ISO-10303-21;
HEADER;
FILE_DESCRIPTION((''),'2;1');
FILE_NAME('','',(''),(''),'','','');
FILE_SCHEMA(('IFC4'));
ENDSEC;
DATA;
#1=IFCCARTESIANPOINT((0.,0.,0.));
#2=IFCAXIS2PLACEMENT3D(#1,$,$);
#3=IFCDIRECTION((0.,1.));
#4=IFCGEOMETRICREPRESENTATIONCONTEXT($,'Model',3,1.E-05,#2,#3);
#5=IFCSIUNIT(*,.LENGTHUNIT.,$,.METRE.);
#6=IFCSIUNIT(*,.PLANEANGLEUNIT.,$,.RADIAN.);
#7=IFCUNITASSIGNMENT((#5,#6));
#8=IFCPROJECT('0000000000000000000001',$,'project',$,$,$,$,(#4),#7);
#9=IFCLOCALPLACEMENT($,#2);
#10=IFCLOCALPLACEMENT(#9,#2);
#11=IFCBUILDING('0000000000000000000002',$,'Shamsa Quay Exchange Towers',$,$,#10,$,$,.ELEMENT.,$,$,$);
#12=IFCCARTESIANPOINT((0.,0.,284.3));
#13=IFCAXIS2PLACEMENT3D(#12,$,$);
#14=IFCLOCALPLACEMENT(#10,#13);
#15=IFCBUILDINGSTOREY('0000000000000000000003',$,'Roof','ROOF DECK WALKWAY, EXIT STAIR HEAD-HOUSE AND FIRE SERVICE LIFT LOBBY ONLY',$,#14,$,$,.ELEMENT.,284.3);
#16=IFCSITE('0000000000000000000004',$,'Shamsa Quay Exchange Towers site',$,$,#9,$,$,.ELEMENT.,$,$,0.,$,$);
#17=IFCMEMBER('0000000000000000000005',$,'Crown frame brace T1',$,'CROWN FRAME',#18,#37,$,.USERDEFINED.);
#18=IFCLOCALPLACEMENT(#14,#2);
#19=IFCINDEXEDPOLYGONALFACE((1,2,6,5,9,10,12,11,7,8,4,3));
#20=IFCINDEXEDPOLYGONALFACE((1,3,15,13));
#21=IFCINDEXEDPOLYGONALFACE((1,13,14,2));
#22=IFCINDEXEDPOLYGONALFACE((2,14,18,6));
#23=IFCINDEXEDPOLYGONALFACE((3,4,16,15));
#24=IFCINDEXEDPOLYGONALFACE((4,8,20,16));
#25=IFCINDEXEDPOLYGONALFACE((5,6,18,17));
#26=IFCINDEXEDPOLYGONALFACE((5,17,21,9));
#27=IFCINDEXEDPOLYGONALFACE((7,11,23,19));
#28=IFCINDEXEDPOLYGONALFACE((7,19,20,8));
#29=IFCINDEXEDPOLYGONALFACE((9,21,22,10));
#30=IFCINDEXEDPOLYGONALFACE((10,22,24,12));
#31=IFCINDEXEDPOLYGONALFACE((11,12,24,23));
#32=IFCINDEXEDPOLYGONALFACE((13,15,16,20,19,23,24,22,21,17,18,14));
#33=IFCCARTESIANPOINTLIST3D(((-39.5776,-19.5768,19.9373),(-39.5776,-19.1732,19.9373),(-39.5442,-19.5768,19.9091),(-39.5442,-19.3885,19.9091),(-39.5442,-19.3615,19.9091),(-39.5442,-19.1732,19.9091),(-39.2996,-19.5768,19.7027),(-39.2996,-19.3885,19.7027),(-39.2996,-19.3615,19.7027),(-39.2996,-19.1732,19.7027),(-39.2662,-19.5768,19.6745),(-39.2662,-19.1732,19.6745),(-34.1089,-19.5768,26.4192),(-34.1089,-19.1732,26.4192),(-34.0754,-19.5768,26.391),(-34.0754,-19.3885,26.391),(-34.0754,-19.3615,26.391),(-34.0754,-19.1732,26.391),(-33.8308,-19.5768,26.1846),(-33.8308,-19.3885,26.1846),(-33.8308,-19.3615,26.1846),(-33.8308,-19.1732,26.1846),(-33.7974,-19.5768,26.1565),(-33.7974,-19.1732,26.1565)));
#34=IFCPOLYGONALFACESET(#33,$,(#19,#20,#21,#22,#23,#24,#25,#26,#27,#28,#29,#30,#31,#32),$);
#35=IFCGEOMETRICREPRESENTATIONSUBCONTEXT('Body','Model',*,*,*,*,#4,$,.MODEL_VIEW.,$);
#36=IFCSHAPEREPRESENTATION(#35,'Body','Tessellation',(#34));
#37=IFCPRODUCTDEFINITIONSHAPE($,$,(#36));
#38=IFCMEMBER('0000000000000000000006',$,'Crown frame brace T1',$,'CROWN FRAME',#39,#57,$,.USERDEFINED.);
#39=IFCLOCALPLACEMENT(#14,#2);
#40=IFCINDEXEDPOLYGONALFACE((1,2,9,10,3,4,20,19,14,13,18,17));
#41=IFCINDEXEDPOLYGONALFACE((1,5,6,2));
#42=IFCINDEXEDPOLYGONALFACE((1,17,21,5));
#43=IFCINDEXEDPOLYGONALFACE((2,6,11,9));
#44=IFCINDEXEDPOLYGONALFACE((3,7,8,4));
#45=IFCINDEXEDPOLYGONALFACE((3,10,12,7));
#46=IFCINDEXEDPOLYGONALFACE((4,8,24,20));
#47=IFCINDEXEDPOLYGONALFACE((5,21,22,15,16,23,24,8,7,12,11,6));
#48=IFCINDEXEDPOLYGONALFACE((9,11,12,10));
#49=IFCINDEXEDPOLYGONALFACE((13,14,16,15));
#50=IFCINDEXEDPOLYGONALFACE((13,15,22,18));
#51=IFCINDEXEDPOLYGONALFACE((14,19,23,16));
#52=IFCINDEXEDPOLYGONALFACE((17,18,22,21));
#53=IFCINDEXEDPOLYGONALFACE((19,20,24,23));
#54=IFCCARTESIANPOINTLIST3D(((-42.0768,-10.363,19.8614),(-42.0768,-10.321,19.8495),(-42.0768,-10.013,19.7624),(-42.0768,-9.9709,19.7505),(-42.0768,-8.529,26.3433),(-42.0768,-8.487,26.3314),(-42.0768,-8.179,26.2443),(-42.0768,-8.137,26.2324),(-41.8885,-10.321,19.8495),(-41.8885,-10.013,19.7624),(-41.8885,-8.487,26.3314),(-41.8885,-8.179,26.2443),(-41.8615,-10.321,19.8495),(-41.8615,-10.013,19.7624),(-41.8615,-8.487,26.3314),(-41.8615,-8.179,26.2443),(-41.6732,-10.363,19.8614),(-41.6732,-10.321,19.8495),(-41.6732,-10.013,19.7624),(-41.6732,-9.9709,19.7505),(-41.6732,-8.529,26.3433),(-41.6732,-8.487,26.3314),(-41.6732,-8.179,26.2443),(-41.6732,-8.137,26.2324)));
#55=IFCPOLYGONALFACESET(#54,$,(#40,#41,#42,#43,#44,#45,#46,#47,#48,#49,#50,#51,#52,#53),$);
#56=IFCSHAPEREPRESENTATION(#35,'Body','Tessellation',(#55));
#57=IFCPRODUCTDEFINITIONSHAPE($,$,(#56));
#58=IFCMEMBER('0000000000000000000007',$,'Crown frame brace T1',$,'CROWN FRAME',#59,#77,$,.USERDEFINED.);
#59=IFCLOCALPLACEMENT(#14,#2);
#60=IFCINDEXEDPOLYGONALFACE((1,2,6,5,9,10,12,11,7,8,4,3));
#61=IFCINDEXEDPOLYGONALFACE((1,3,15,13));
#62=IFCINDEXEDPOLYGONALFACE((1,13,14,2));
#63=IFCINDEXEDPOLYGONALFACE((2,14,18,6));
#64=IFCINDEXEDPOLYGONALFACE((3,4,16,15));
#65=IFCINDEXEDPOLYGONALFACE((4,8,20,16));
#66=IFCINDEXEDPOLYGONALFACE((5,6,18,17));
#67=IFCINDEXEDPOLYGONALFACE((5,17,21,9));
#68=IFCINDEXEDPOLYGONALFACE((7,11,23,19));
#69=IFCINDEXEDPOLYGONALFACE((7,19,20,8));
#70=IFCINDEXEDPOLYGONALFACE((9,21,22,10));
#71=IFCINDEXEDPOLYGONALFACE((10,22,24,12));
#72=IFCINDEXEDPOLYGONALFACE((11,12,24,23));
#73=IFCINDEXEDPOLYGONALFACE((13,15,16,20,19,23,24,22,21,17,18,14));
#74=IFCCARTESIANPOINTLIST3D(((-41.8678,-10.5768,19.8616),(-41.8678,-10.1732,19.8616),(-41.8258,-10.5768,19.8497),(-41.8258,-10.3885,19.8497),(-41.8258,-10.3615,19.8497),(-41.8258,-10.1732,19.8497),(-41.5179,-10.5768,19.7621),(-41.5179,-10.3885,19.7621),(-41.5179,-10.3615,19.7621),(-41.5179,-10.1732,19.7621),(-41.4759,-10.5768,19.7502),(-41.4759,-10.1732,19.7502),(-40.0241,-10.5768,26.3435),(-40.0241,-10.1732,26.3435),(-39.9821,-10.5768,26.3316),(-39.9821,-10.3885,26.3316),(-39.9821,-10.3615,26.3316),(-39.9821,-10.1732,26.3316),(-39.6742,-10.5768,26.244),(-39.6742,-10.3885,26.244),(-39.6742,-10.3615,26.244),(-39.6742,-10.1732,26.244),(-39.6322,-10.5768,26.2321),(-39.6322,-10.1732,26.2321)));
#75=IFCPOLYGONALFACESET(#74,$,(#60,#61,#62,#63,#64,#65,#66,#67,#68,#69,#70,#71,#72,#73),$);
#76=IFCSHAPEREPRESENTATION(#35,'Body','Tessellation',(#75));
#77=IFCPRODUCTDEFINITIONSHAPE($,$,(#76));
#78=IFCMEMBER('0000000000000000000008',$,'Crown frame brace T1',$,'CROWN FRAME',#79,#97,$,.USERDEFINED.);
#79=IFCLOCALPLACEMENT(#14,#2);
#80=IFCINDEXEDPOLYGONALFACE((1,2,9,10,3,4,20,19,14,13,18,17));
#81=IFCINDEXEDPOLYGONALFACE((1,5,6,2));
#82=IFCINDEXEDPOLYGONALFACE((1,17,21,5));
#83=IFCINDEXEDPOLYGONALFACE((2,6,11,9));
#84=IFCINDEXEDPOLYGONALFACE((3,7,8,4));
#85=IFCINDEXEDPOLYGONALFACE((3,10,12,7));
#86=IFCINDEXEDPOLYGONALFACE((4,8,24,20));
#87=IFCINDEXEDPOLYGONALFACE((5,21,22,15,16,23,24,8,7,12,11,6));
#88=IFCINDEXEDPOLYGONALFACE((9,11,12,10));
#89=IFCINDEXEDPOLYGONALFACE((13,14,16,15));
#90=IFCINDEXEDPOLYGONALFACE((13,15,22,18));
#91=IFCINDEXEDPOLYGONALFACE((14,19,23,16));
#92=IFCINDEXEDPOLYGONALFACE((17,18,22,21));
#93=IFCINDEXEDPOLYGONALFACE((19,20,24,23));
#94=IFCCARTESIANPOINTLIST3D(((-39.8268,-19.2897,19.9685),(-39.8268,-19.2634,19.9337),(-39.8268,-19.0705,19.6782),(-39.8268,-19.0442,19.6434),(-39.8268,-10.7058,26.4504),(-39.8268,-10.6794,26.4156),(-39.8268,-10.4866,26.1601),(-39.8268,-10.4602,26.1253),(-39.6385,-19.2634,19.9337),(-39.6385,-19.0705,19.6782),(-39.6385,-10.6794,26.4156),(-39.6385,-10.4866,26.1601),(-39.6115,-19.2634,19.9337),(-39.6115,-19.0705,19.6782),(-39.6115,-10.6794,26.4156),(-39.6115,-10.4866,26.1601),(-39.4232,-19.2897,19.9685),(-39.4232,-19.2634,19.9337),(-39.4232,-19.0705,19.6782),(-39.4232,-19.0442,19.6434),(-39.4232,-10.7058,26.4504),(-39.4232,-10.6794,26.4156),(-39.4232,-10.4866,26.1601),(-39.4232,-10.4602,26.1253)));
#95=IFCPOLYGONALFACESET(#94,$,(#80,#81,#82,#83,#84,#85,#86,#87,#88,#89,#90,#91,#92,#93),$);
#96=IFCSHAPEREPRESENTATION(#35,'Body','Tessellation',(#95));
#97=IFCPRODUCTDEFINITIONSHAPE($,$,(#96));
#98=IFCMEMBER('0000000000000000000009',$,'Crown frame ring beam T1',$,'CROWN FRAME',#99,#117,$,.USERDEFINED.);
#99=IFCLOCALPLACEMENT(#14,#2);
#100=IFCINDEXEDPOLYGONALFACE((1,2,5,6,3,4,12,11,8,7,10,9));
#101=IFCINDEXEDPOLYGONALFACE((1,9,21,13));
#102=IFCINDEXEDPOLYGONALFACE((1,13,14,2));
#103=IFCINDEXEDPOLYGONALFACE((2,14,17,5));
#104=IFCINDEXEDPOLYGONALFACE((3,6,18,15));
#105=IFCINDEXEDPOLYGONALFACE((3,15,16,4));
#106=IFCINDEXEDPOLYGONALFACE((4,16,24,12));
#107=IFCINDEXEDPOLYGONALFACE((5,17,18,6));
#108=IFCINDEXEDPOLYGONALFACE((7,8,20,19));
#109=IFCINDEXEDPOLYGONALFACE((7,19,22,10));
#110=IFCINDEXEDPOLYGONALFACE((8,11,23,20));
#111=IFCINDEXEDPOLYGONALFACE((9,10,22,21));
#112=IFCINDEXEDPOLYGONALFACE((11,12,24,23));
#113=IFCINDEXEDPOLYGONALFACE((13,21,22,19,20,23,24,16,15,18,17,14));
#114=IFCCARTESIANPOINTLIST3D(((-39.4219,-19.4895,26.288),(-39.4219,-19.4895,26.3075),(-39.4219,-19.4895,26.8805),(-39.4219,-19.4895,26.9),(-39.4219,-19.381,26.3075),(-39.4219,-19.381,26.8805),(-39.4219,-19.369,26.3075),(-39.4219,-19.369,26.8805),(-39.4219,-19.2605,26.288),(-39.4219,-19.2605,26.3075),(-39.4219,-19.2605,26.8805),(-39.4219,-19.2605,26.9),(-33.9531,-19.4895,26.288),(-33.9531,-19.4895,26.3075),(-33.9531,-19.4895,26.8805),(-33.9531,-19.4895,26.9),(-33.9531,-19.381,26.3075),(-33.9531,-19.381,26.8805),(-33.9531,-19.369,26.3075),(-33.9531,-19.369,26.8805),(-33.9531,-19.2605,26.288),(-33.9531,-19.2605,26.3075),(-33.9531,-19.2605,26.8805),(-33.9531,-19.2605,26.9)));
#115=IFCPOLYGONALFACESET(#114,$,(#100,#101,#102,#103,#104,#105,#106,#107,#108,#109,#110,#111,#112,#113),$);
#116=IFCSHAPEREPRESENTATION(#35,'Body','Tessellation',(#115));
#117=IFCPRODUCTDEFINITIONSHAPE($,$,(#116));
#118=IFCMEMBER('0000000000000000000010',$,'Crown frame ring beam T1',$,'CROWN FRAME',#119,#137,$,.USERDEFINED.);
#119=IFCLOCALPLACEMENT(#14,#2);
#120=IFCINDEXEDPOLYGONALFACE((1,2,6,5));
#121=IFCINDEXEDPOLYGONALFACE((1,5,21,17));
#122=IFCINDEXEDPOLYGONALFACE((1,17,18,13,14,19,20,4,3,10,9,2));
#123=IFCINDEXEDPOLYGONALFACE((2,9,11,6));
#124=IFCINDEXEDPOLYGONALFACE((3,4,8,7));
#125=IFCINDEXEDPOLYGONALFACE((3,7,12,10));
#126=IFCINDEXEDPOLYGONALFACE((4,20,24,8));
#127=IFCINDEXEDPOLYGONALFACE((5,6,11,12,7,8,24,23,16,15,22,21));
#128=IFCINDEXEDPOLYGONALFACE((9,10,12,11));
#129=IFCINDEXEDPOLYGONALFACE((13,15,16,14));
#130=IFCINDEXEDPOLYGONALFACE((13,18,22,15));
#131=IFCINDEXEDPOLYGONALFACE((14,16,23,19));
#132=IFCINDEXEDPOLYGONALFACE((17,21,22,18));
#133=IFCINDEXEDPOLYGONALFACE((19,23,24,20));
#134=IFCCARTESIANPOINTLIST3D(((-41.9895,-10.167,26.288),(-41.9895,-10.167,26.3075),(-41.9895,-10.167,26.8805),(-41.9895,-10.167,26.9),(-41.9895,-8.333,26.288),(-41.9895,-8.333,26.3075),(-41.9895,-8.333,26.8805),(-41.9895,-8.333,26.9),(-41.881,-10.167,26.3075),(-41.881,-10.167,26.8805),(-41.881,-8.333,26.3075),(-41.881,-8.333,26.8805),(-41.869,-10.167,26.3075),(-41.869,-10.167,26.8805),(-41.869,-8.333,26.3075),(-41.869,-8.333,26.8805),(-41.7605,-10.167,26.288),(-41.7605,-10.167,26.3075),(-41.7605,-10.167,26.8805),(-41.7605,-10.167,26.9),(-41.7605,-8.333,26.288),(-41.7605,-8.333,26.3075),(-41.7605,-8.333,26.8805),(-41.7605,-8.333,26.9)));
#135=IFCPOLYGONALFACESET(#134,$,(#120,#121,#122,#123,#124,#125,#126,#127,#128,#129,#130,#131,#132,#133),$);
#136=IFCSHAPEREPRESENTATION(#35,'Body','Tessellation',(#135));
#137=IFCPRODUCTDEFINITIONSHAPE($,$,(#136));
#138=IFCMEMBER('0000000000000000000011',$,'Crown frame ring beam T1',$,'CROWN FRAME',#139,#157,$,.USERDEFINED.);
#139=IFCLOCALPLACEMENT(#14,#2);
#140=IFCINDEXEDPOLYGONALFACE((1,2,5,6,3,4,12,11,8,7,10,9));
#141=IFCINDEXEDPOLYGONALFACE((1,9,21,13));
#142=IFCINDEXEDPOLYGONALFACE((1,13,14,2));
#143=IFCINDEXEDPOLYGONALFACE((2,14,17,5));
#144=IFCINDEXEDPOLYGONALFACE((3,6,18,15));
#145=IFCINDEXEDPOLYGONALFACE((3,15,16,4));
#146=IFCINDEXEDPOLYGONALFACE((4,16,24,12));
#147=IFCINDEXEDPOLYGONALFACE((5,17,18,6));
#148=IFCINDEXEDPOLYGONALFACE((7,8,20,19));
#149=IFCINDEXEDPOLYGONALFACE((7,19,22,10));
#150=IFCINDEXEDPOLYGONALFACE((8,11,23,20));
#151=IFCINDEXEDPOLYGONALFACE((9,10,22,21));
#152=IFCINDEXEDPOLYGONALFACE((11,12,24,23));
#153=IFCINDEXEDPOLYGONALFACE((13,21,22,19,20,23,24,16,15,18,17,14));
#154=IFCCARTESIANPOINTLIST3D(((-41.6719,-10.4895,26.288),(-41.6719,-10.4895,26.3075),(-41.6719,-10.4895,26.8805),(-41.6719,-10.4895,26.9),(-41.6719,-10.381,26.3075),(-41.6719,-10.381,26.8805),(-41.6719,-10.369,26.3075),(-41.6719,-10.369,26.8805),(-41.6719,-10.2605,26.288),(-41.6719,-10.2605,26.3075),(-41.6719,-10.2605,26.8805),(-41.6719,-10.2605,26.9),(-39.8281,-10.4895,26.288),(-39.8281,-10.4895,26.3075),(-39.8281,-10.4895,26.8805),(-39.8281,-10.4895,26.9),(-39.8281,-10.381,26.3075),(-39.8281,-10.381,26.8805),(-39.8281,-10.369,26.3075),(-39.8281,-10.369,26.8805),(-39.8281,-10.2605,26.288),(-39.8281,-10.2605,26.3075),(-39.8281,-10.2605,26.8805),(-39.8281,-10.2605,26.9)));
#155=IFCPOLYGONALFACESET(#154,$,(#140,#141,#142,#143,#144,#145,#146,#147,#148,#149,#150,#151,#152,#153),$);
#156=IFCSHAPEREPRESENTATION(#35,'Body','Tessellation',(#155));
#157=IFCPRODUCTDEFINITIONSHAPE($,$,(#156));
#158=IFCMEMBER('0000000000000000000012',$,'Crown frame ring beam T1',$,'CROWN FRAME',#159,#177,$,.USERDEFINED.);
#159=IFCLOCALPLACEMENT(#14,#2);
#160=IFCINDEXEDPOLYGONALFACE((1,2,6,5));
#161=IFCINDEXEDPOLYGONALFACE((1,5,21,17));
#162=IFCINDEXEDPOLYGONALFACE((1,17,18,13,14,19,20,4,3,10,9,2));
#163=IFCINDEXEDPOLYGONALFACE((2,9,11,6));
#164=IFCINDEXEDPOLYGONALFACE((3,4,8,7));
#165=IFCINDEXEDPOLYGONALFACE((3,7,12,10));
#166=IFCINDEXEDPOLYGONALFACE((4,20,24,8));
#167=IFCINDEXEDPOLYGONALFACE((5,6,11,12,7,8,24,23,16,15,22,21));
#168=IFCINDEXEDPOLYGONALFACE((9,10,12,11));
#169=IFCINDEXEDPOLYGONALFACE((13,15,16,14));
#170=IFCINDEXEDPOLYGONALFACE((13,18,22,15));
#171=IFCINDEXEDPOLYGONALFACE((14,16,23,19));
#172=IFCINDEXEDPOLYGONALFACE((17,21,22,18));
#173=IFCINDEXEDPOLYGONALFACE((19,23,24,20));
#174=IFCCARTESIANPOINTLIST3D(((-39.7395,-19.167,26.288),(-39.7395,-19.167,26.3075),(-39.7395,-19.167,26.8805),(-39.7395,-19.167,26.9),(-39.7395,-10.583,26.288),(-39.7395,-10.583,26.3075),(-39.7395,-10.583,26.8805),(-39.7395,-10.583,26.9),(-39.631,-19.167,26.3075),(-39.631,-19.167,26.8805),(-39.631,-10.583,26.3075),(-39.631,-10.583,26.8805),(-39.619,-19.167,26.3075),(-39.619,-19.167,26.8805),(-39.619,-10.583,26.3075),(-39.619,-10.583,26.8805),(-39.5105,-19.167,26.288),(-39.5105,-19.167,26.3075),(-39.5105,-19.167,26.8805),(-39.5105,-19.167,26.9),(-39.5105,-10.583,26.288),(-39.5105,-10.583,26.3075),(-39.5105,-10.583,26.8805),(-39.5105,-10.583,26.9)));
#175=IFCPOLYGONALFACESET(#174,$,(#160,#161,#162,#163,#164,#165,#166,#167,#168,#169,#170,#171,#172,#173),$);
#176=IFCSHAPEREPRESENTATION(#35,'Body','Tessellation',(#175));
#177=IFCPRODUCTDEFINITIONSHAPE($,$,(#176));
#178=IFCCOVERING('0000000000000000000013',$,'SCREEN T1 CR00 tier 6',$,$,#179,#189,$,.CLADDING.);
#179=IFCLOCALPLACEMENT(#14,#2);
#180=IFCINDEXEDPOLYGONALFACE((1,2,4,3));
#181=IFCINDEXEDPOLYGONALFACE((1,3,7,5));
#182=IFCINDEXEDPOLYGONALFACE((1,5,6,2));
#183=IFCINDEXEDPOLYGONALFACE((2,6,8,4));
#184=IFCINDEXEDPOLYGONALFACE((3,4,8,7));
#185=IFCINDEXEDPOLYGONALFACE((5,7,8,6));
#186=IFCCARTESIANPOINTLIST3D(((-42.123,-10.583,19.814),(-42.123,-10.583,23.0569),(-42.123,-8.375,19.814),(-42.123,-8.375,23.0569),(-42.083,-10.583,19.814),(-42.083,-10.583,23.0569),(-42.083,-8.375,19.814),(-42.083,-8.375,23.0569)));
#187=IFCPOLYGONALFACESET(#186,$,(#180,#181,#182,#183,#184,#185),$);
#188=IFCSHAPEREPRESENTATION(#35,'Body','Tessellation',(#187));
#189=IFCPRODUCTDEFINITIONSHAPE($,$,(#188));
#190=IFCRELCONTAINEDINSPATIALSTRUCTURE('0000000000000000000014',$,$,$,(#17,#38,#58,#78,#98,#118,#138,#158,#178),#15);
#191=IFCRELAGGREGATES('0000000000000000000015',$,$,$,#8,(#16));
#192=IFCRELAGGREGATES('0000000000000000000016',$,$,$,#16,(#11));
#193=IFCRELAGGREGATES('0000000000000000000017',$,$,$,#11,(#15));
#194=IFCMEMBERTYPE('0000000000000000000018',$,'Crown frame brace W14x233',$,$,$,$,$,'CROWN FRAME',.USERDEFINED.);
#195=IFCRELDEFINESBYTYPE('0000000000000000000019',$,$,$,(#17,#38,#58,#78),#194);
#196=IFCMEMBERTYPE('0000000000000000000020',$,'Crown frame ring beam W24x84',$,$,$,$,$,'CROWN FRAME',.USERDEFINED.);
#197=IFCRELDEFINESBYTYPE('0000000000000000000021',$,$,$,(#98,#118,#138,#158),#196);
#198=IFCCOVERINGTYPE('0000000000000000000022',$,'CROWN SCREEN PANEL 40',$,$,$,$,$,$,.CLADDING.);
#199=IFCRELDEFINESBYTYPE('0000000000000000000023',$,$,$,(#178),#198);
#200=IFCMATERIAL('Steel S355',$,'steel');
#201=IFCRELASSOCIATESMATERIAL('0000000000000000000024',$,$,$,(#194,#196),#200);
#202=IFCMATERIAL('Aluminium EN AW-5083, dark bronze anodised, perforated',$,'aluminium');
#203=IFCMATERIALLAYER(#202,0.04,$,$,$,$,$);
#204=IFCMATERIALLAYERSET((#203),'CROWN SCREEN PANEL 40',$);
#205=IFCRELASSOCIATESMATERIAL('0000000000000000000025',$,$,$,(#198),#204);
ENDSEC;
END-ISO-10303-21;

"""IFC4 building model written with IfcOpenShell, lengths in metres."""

from ifc_helpers import new_model, si_unit, direction, frame, origin, origin_2d, place, context, subcontext, project, spatial, rectangle, i_section, extrude, material, layer, layer_set, material_profile, profile_set, type_object, element, save


model = new_model("IFC4")

# Units and contexts
model_context = context("Model", 3, precision=1e-05, world=origin(), true_north=direction((0.0, 1.0)))
body_context = subcontext(model_context, "Body", "Model", "MODEL_VIEW")
ifc_project = project(units=[si_unit("LENGTHUNIT", "METRE"), si_unit("PLANEANGLEUNIT", "RADIAN")], contexts=[model_context])

# Site, building, storey
site_placement = place(None, origin())
site = spatial("IfcSite", under=ifc_project, at=site_placement, Name="Shamsa Quay Exchange Towers site", CompositionType="ELEMENT", RefElevation=0.0)
building_placement = place(site_placement, origin())
building = spatial("IfcBuilding", under=site, at=building_placement, Name="Shamsa Quay Exchange Towers", CompositionType="ELEMENT")
storey_placement = place(building_placement, frame((0.0, 0.0, 284.3)))
storey = spatial("IfcBuildingStorey", under=building, at=storey_placement, Name="Roof", Description="ROOF DECK WALKWAY, EXIT STAIR HEAD-HOUSE AND FIRE SERVICE LIFT LOBBY ONLY", CompositionType="ELEMENT", Elevation=284.3)

# Members
ifc_material_1 = material(Name="Steel S355", Category="steel")
ifc_material_profile_1 = material_profile(ifc_material_1, i_section(OverallWidth=0.4036, OverallDepth=0.4075, WebThickness=0.0271, FlangeThickness=0.0437, at=origin_2d()), Name="W14x233")
ifc_profile_set_1 = profile_set([ifc_material_profile_1], Name="Steel S355")
member_type_1 = type_object("IfcMemberType", Name="Crown frame brace W14x233", ElementType="CROWN FRAME", PredefinedType="USERDEFINED", material=ifc_profile_set_1)
member_1_placement = place(storey_placement, frame((-39.4219, -19.375, 19.8059), z_axis=(0.644845, 0.0, 0.764314), x_axis=(0.0, 1.0, 0.0)))
element("IfcMember", 1, at=member_1_placement, inside=storey, type_object=member_type_1, Name="Crown frame brace T1", ObjectType="CROWN FRAME", PredefinedType="USERDEFINED", context=body_context, shape_type="SweptSolid", body=[
    extrude(i_section(OverallWidth=0.4036, OverallDepth=0.4075, WebThickness=0.0271, FlangeThickness=0.0437, at=origin_2d()), origin(), (0.0, 0.0, 1.0), 8.4807),
])
member_2_placement = place(storey_placement, frame((-41.875, -8.333, 26.2878), z_axis=(0.0, -0.27225, -0.962226), x_axis=(1.0, 0.0, 0.0)))
element("IfcMember", 2, at=member_2_placement, inside=storey, type_object=member_type_1, Name="Crown frame brace T1", ObjectType="CROWN FRAME", PredefinedType="USERDEFINED", context=body_context, shape_type="SweptSolid", body=[
    extrude(i_section(OverallWidth=0.4036, OverallDepth=0.4075, WebThickness=0.0271, FlangeThickness=0.0437, at=origin_2d()), origin(), (0.0, 0.0, 1.0), 6.7363),
])
member_3_placement = place(storey_placement, frame((-41.6719, -10.375, 19.8059), z_axis=(0.273592, 0.0, 0.961846), x_axis=(0.0, 1.0, 0.0)))
element("IfcMember", 3, at=member_3_placement, inside=storey, type_object=member_type_1, Name="Crown frame brace T1", ObjectType="CROWN FRAME", PredefinedType="USERDEFINED", context=body_context, shape_type="SweptSolid", body=[
    extrude(i_section(OverallWidth=0.4036, OverallDepth=0.4075, WebThickness=0.0271, FlangeThickness=0.0437, at=origin_2d()), origin(), (0.0, 0.0, 1.0), 6.739),
])
member_4_placement = place(storey_placement, frame((-39.625, -10.583, 26.2878), z_axis=(0.0, -0.798035, -0.602612), x_axis=(1.0, 0.0, 0.0)))
element("IfcMember", 4, at=member_4_placement, inside=storey, type_object=member_type_1, Name="Crown frame brace T1", ObjectType="CROWN FRAME", PredefinedType="USERDEFINED", context=body_context, shape_type="SweptSolid", body=[
    extrude(i_section(OverallWidth=0.4036, OverallDepth=0.4075, WebThickness=0.0271, FlangeThickness=0.0437, at=origin_2d()), origin(), (0.0, 0.0, 1.0), 10.7563),
])
ifc_material_profile_2 = material_profile(ifc_material_1, i_section(OverallWidth=0.229, OverallDepth=0.6121, WebThickness=0.012, FlangeThickness=0.0195, at=origin_2d()), Name="W24x84")
ifc_profile_set_2 = profile_set([ifc_material_profile_2], Name="Steel S355")
member_type_2 = type_object("IfcMemberType", Name="Crown frame ring beam W24x84", ElementType="CROWN FRAME", PredefinedType="USERDEFINED", material=ifc_profile_set_2)
member_5_placement = place(storey_placement, frame((-39.4219, -19.375, 26.594), z_axis=(1.0, 0.0, 0.0), x_axis=(0.0, 1.0, 0.0)))
element("IfcMember", 5, at=member_5_placement, inside=storey, type_object=member_type_2, Name="Crown frame ring beam T1", ObjectType="CROWN FRAME", PredefinedType="USERDEFINED", context=body_context, shape_type="SweptSolid", body=[
    extrude(i_section(OverallWidth=0.229, OverallDepth=0.6121, WebThickness=0.012, FlangeThickness=0.0195, at=origin_2d()), origin(), (0.0, 0.0, 1.0), 5.4688),
])
member_6_placement = place(storey_placement, frame((-41.875, -8.333, 26.594), z_axis=(0.0, -1.0, 0.0), x_axis=(1.0, 0.0, 0.0)))
element("IfcMember", 6, at=member_6_placement, inside=storey, type_object=member_type_2, Name="Crown frame ring beam T1", ObjectType="CROWN FRAME", PredefinedType="USERDEFINED", context=body_context, shape_type="SweptSolid", body=[
    extrude(i_section(OverallWidth=0.229, OverallDepth=0.6121, WebThickness=0.012, FlangeThickness=0.0195, at=origin_2d()), origin(), (0.0, 0.0, 1.0), 1.834),
])
member_7_placement = place(storey_placement, frame((-41.6719, -10.375, 26.594), z_axis=(1.0, 0.0, 0.0), x_axis=(0.0, 1.0, 0.0)))
element("IfcMember", 7, at=member_7_placement, inside=storey, type_object=member_type_2, Name="Crown frame ring beam T1", ObjectType="CROWN FRAME", PredefinedType="USERDEFINED", context=body_context, shape_type="SweptSolid", body=[
    extrude(i_section(OverallWidth=0.229, OverallDepth=0.6121, WebThickness=0.012, FlangeThickness=0.0195, at=origin_2d()), origin(), (0.0, 0.0, 1.0), 1.8438),
])
member_8_placement = place(storey_placement, frame((-39.625, -10.583, 26.594), z_axis=(0.0, -1.0, 0.0), x_axis=(1.0, 0.0, 0.0)))
element("IfcMember", 8, at=member_8_placement, inside=storey, type_object=member_type_2, Name="Crown frame ring beam T1", ObjectType="CROWN FRAME", PredefinedType="USERDEFINED", context=body_context, shape_type="SweptSolid", body=[
    extrude(i_section(OverallWidth=0.229, OverallDepth=0.6121, WebThickness=0.012, FlangeThickness=0.0195, at=origin_2d()), origin(), (0.0, 0.0, 1.0), 8.584),
])

# Covering
ifc_material_2 = material(Name="Aluminium EN AW-5083, dark bronze anodised, perforated", Category="aluminium")
ifc_layer = layer(ifc_material_2, 0.04)
ifc_layer_set = layer_set([ifc_layer], Name="CROWN SCREEN PANEL 40")
covering_type = type_object("IfcCoveringType", Name="CROWN SCREEN PANEL 40", PredefinedType="CLADDING", material=ifc_layer_set)
for number, where, z_axis, x_axis, name in (
    (9, (-42.103, -9.479, 19.814), (0.0, 0.0, 1.0), (0.0, -1.0, 0.0), "SCREEN T1 CR00 tier 6"),
):
    element("IfcCovering", number, at=place(storey_placement, frame(where, z_axis=z_axis, x_axis=x_axis)), inside=storey, type_object=covering_type, Name=name, PredefinedType="CLADDING", context=body_context, shape_type="SweptSolid", body=[
        extrude(rectangle(XDim=2.208, YDim=0.04, at=origin_2d()), origin(), (0.0, 0.0, 1.0), 3.2429),
    ])

save(model, "model.ifc")
